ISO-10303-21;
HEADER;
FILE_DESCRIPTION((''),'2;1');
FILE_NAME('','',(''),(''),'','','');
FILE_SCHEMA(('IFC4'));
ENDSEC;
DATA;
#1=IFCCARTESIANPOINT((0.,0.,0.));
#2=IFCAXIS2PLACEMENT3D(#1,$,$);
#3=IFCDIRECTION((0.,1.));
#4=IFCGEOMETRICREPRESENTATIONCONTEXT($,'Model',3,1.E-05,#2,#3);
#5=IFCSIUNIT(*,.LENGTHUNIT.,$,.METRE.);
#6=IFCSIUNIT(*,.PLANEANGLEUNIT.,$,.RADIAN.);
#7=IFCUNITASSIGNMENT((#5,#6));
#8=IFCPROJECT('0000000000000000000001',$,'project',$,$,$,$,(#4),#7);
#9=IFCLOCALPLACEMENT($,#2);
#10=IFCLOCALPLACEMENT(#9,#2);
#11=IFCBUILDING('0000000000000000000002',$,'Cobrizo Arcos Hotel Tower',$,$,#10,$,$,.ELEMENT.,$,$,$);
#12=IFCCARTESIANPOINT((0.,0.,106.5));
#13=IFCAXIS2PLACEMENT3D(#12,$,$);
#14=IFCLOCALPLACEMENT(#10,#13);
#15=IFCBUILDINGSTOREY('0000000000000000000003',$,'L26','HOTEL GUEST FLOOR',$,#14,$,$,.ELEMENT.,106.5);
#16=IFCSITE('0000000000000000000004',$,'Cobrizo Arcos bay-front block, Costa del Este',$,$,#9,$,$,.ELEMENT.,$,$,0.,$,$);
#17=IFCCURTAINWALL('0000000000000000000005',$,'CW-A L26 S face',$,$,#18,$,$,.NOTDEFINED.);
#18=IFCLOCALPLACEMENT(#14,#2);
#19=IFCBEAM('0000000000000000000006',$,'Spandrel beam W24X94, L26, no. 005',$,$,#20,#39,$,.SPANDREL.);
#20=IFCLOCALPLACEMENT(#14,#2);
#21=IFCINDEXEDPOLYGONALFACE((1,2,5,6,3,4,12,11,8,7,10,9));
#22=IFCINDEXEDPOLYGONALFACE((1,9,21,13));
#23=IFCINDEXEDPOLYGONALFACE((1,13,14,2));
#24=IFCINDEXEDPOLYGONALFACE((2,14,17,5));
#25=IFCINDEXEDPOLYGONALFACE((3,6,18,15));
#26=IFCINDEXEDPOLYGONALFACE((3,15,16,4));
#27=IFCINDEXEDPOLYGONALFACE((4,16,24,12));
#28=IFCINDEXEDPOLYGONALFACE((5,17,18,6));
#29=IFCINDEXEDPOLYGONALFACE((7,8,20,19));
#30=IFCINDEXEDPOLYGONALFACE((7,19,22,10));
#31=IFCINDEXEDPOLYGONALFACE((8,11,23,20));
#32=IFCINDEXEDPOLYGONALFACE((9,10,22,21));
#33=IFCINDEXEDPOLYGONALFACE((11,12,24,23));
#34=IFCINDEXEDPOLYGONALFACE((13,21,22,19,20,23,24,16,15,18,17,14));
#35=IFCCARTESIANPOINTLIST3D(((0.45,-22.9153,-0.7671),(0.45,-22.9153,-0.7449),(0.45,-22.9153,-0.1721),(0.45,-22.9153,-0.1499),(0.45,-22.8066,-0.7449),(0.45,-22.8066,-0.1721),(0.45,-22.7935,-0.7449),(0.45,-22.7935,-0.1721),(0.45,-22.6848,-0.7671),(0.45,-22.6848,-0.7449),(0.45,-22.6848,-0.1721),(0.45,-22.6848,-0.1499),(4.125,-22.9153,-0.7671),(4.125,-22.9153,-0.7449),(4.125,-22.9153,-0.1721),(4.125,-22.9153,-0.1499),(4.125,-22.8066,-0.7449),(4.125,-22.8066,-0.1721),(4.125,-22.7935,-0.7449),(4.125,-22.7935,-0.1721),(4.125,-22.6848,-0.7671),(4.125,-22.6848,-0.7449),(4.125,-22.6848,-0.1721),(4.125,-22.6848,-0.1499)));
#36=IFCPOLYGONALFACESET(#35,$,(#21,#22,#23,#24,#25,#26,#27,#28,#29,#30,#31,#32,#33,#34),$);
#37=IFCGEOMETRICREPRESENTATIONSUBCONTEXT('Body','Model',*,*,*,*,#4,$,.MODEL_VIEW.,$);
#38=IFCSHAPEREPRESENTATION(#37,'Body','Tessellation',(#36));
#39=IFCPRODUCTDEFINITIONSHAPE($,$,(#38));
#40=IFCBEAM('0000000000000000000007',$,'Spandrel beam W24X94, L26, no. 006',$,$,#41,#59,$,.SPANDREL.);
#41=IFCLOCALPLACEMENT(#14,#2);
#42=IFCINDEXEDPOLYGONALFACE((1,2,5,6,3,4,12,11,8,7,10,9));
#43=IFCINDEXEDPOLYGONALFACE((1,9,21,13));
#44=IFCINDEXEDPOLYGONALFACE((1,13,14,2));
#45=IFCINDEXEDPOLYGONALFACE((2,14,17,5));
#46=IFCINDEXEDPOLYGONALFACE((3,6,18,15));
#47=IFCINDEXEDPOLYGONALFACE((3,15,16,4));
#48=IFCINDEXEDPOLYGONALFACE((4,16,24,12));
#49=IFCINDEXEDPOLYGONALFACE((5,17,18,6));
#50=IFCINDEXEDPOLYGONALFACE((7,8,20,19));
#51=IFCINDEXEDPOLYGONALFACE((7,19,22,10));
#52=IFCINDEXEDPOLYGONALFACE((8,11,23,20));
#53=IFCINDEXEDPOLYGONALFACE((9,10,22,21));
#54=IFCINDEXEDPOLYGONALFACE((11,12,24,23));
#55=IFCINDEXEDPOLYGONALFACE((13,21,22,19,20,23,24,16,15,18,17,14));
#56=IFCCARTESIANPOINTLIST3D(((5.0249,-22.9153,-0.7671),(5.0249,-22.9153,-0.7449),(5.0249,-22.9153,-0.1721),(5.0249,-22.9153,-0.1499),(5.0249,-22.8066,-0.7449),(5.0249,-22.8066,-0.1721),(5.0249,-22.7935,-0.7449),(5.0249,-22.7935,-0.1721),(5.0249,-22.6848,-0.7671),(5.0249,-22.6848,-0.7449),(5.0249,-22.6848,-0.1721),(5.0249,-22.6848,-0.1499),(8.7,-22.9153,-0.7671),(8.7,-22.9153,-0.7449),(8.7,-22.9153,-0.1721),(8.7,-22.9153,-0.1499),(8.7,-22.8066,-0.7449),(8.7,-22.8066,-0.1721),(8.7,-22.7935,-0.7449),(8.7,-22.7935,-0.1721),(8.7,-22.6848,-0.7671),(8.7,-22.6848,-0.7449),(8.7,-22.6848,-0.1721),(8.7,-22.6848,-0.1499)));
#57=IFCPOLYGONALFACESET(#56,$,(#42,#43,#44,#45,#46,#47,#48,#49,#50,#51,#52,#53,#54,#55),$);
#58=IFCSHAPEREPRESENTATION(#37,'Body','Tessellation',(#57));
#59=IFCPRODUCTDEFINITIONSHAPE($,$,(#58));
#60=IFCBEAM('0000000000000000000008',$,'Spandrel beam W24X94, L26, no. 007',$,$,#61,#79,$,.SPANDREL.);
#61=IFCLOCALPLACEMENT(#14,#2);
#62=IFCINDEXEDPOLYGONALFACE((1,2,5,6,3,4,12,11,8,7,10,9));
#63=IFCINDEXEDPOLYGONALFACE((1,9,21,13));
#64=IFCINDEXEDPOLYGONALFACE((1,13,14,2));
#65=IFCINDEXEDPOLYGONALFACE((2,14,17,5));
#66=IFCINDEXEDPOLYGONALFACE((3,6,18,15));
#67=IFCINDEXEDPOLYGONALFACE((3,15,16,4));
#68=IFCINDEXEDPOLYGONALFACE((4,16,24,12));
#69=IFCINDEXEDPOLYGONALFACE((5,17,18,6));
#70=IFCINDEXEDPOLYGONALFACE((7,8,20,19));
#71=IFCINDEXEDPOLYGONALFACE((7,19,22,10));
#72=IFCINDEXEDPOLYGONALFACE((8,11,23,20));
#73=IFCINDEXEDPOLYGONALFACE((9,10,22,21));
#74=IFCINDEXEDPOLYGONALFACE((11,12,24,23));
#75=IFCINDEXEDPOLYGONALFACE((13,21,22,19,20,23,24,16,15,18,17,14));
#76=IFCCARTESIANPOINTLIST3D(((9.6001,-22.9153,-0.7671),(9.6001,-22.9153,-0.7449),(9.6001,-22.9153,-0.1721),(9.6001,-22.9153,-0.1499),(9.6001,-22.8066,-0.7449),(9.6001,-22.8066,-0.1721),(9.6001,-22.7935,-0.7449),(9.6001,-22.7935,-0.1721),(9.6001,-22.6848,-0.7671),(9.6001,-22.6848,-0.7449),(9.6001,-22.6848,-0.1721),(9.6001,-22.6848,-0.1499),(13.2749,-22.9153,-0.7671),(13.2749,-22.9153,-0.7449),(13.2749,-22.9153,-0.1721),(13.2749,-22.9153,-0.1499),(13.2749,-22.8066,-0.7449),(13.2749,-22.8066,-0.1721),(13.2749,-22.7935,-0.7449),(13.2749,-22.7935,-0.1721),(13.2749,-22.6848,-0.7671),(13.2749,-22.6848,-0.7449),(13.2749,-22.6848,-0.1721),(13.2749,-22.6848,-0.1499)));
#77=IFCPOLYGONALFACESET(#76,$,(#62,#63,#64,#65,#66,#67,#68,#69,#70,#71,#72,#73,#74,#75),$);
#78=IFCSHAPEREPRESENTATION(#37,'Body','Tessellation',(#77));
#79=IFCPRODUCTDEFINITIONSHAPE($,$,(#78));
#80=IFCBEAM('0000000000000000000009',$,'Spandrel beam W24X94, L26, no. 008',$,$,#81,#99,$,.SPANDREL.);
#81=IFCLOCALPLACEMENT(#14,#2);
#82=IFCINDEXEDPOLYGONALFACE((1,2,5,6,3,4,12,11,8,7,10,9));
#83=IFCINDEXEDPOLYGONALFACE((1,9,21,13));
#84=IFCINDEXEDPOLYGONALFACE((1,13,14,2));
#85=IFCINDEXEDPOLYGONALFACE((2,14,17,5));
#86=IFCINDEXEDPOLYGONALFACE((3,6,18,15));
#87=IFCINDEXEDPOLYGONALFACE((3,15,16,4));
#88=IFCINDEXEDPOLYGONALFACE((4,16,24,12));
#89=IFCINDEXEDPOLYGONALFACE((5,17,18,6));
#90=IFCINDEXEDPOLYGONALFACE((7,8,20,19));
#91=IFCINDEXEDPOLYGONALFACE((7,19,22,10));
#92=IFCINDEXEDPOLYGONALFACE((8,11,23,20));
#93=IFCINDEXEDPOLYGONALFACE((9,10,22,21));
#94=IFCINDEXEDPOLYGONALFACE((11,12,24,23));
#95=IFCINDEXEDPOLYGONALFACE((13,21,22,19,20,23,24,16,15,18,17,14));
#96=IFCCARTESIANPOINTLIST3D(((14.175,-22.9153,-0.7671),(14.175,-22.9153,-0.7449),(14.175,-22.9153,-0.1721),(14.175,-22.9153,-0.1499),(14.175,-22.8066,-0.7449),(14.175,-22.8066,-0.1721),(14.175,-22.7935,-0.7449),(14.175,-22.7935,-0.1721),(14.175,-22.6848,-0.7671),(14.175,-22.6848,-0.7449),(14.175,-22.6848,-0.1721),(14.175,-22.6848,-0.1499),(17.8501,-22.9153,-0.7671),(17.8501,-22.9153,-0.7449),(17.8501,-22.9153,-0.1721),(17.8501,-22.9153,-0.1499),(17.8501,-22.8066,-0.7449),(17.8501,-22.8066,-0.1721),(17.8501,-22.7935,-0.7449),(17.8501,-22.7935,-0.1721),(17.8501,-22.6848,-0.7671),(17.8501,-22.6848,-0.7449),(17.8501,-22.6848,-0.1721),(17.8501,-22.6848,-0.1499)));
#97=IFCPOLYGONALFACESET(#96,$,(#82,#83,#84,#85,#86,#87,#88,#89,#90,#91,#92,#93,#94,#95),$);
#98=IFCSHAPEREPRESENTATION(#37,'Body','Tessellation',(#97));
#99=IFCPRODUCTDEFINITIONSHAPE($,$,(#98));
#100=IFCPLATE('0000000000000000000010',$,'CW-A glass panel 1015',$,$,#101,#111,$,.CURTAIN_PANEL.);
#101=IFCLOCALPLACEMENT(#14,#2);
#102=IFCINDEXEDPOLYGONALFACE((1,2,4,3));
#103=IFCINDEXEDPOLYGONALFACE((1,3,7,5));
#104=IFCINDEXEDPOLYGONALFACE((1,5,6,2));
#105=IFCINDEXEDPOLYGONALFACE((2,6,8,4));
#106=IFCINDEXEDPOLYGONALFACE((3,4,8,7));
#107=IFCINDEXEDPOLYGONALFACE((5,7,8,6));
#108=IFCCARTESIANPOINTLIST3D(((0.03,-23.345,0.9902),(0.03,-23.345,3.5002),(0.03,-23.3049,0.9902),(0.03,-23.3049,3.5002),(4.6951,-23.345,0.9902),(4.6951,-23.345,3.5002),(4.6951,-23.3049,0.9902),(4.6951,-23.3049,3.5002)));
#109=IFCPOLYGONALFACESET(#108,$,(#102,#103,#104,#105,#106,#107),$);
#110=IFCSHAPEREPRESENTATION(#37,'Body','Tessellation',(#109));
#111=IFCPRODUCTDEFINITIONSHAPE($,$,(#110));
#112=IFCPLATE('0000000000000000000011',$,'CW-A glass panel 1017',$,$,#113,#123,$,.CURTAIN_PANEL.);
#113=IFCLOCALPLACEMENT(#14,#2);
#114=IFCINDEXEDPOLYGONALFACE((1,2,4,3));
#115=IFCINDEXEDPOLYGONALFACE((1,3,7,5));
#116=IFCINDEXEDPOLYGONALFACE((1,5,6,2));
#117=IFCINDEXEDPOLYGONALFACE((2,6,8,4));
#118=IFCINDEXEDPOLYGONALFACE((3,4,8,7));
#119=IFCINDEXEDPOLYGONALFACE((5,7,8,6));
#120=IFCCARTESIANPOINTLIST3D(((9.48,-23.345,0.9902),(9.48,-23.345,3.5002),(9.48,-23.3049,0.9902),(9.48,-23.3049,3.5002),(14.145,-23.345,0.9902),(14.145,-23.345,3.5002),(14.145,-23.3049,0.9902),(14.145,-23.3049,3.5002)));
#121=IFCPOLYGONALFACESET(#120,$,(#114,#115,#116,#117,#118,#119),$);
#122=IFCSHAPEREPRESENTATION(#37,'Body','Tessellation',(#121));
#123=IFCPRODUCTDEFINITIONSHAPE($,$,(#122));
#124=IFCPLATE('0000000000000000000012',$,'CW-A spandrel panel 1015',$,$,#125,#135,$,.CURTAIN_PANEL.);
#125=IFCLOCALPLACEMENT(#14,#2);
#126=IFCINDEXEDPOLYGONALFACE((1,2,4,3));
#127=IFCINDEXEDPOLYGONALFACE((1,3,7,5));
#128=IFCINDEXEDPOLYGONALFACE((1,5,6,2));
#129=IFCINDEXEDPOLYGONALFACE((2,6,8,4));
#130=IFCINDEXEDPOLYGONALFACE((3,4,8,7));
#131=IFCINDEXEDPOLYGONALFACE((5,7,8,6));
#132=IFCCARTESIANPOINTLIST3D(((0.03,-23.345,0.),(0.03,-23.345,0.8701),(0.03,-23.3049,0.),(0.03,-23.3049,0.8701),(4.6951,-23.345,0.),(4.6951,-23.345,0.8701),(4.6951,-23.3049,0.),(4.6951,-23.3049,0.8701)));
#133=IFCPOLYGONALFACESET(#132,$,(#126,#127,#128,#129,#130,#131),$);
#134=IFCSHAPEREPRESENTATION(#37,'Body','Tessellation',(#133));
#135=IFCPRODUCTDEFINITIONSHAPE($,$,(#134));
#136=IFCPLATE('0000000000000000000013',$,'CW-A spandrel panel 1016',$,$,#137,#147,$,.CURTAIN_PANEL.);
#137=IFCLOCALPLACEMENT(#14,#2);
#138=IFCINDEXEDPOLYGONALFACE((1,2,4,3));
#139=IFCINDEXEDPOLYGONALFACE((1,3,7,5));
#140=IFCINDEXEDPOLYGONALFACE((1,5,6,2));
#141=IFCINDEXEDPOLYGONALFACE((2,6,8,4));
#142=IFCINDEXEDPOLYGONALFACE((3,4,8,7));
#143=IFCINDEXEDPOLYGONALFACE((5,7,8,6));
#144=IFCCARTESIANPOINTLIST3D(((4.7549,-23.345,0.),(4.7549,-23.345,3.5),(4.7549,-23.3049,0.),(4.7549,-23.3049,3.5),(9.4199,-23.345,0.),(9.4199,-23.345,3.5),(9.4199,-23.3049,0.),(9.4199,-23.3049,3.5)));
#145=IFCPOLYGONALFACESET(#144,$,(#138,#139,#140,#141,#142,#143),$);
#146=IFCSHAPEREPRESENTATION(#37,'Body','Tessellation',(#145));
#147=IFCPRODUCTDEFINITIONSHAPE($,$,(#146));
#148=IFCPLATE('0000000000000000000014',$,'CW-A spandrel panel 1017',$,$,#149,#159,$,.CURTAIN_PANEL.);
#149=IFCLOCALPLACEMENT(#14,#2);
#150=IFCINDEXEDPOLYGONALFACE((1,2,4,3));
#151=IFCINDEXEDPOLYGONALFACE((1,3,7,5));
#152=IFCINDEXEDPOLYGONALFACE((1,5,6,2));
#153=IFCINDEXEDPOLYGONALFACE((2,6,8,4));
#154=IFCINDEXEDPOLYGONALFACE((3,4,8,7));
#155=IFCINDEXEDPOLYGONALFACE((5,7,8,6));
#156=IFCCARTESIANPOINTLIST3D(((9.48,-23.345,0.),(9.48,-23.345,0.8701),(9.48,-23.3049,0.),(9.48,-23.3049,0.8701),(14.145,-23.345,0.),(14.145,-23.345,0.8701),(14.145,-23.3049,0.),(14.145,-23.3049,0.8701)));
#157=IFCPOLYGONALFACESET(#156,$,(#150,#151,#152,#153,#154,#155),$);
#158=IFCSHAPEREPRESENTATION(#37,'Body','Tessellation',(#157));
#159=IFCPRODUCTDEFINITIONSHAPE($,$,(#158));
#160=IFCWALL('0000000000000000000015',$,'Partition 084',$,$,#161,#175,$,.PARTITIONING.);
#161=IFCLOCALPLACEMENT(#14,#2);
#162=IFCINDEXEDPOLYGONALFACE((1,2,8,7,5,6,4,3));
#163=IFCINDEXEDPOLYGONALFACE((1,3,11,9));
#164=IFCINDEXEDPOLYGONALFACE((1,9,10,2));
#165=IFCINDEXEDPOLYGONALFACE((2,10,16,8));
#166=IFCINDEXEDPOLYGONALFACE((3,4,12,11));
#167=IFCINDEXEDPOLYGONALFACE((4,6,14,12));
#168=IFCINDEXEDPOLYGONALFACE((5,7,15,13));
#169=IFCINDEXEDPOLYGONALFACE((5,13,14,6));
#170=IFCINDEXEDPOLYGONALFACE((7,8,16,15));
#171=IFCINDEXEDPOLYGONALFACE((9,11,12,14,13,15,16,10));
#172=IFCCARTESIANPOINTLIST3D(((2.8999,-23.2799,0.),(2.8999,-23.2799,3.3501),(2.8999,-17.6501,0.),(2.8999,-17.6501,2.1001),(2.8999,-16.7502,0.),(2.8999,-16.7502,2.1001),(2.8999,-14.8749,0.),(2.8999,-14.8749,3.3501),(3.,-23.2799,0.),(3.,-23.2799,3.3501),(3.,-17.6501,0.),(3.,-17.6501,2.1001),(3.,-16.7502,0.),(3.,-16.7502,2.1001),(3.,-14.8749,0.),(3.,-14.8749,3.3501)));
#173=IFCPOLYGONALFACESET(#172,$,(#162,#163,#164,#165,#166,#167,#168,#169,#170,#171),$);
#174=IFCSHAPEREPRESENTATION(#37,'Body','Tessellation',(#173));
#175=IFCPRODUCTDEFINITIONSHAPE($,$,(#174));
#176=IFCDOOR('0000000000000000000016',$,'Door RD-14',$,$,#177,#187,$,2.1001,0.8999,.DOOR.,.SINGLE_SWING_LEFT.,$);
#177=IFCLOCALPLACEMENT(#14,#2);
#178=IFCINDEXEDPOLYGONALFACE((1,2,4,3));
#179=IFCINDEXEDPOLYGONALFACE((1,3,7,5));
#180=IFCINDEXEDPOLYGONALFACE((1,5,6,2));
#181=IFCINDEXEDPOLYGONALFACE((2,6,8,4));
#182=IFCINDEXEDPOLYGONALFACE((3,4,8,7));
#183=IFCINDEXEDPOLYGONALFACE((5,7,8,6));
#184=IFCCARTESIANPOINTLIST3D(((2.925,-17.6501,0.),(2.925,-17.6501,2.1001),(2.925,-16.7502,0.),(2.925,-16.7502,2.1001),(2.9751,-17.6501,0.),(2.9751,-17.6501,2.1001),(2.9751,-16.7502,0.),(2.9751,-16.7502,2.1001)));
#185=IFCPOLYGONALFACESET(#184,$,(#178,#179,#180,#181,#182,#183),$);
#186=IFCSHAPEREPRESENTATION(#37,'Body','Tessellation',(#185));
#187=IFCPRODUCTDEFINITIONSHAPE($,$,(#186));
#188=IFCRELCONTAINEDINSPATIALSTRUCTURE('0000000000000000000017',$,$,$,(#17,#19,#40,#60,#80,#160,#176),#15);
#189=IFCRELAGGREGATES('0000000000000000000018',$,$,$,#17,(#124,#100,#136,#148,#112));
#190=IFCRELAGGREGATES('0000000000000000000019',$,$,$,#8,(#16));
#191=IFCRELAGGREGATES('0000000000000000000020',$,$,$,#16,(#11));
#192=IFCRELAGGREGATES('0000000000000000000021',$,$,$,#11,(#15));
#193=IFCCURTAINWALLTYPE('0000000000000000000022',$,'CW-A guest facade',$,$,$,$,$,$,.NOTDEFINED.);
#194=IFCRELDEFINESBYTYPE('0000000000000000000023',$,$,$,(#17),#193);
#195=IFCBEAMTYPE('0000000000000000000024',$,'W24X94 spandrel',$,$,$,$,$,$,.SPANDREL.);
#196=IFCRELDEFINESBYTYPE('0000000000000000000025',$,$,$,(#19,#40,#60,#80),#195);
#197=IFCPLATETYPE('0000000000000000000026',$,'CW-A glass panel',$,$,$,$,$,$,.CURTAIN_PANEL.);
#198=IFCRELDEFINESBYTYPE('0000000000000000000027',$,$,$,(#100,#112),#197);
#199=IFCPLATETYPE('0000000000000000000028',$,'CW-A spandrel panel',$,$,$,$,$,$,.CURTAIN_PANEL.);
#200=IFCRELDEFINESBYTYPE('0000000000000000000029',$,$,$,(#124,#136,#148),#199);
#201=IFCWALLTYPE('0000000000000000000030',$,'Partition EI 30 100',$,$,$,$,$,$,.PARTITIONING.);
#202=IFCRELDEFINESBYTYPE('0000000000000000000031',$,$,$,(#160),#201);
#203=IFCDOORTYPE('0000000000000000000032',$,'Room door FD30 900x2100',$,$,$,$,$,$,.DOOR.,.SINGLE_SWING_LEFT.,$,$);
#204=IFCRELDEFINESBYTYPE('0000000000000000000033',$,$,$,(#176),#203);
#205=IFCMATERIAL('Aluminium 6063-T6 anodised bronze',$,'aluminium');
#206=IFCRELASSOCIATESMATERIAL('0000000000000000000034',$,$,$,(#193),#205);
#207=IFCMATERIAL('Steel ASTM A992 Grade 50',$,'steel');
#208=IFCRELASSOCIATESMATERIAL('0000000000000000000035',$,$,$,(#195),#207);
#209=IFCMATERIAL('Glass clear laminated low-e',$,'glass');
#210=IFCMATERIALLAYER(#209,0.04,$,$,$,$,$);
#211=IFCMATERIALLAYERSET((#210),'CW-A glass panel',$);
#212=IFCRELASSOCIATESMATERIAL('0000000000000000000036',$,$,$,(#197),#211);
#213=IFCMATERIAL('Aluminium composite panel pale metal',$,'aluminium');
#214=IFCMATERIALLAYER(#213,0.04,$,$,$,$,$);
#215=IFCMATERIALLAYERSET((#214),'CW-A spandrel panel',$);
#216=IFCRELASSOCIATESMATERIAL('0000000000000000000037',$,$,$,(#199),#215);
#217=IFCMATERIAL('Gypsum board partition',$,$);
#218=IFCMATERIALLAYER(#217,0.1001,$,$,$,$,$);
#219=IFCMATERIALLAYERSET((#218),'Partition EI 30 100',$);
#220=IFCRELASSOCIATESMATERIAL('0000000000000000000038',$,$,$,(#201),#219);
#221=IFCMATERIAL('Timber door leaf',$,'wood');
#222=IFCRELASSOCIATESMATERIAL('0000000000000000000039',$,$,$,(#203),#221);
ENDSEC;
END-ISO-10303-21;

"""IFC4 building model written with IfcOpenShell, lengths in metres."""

from ifc_helpers import new_model, si_unit, direction, frame, frame_2d, origin, origin_2d, place, context, subcontext, project, spatial, rectangle, i_section, extrude, material, layer, layer_set, material_profile, profile_set, type_object, element, fill, aggregate, save


model = new_model("IFC4")

# Units and contexts
model_context = context("Model", 3, precision=1e-05, world=origin(), true_north=direction((0.0, 1.0)))
body_context = subcontext(model_context, "Body", "Model", "MODEL_VIEW")
ifc_project = project(units=[si_unit("LENGTHUNIT", "METRE"), si_unit("PLANEANGLEUNIT", "RADIAN")], contexts=[model_context])

# Site, building, storey
site_placement = place(None, origin())
site = spatial("IfcSite", under=ifc_project, at=site_placement, Name="Cobrizo Arcos bay-front block, Costa del Este", CompositionType="ELEMENT", RefElevation=0.0)
building_placement = place(site_placement, origin())
building = spatial("IfcBuilding", under=site, at=building_placement, Name="Cobrizo Arcos Hotel Tower", CompositionType="ELEMENT")
storey_placement = place(building_placement, frame((0.0, 0.0, 106.5)))
storey = spatial("IfcBuildingStorey", under=building, at=storey_placement, Name="L26", Description="HOTEL GUEST FLOOR", CompositionType="ELEMENT", Elevation=106.5)

# Curtain wall
ifc_material_1 = material(Name="Aluminium 6063-T6 anodised bronze", Category="aluminium")
curtain_wall_type = type_object("IfcCurtainWallType", Name="CW-A guest facade", PredefinedType="NOTDEFINED", material=ifc_material_1)
curtain_wall_placement = place(storey_placement, origin())
curtain_wall = element("IfcCurtainWall", 1, at=curtain_wall_placement, inside=storey, type_object=curtain_wall_type, Name="CW-A L26 S face", PredefinedType="NOTDEFINED")

# Beams
ifc_material_2 = material(Name="Steel ASTM A992 Grade 50", Category="steel")
ifc_material_profile_1 = material_profile(ifc_material_2, i_section(OverallWidth=0.2305, OverallDepth=0.6172, WebThickness=0.0132, FlangeThickness=0.0222, at=origin_2d()), Name="W24X94")
ifc_profile_set_1 = profile_set([ifc_material_profile_1], Name="Steel ASTM A992 Grade 50")
beam_type_1 = type_object("IfcBeamType", Name="W24X94 spandrel", PredefinedType="SPANDREL", material=ifc_profile_set_1)
for number, where, z_axis, x_axis, name in (
    (2, (0.45, -22.8, -0.4585), (1.0, 0.0, 0.0), (0.0, 1.0, 0.0), "Spandrel beam W24X94, L26, no. 005"),
    (3, (5.0249, -22.8, -0.4585), (1.0, 0.0, 0.0), (0.0, 1.0, 0.0), "Spandrel beam W24X94, L26, no. 006"),
):
    element("IfcBeam", number, at=place(storey_placement, frame(where, z_axis=z_axis, x_axis=x_axis)), inside=storey, type_object=beam_type_1, Name=name, PredefinedType="SPANDREL", context=body_context, shape_type="SweptSolid", body=[
        extrude(i_section(OverallWidth=0.2305, OverallDepth=0.6172, WebThickness=0.0132, FlangeThickness=0.0222, at=origin_2d()), origin(), (0.0, 0.0, 1.0), 3.675),
    ])
beam_1_placement = place(storey_placement, frame((9.6001, -22.8, -0.4585), z_axis=(1.0, 0.0, 0.0), x_axis=(0.0, 1.0, 0.0)))
element("IfcBeam", 4, at=beam_1_placement, inside=storey, type_object=beam_type_1, Name="Spandrel beam W24X94, L26, no. 007", PredefinedType="SPANDREL", context=body_context, shape_type="SweptSolid", body=[
    extrude(i_section(OverallWidth=0.2305, OverallDepth=0.6172, WebThickness=0.0132, FlangeThickness=0.0222, at=origin_2d()), origin(), (0.0, 0.0, 1.0), 3.6748),
])
beam_2_placement = place(storey_placement, frame((14.175, -22.8, -0.4585), z_axis=(1.0, 0.0, 0.0), x_axis=(0.0, 1.0, 0.0)))
element("IfcBeam", 5, at=beam_2_placement, inside=storey, type_object=beam_type_1, Name="Spandrel beam W24X94, L26, no. 008", PredefinedType="SPANDREL", context=body_context, shape_type="SweptSolid", body=[
    extrude(i_section(OverallWidth=0.2305, OverallDepth=0.6172, WebThickness=0.0132, FlangeThickness=0.0222, at=origin_2d()), origin(), (0.0, 0.0, 1.0), 3.675),
])

# Plates
ifc_material_3 = material(Name="Glass clear laminated low-e", Category="glass")
ifc_layer_1 = layer(ifc_material_3, 0.04)
ifc_layer_set_1 = layer_set([ifc_layer_1], Name="CW-A glass panel")
plate_type_1 = type_object("IfcPlateType", Name="CW-A glass panel", PredefinedType="CURTAIN_PANEL", material=ifc_layer_set_1)
plate_1_placement = place(storey_placement, frame((2.3625, -23.325, 0.9902), z_axis=(0.0, 0.0, 1.0), x_axis=(1.0, 0.0, 0.0)))
plate_1 = element("IfcPlate", 6, at=plate_1_placement, type_object=plate_type_1, Name="CW-A glass panel 1015", PredefinedType="CURTAIN_PANEL", context=body_context, shape_type="SweptSolid", body=[
    extrude(rectangle(XDim=4.665, YDim=0.04, at=origin_2d()), origin(), (0.0, 0.0, 1.0), 2.51),
])
plate_2_placement = place(storey_placement, frame((11.8125, -23.325, 0.9902), z_axis=(0.0, 0.0, 1.0), x_axis=(1.0, 0.0, 0.0)))
plate_2 = element("IfcPlate", 7, at=plate_2_placement, type_object=plate_type_1, Name="CW-A glass panel 1017", PredefinedType="CURTAIN_PANEL", context=body_context, shape_type="SweptSolid", body=[
    extrude(rectangle(XDim=4.665, YDim=0.04, at=origin_2d()), origin(), (0.0, 0.0, 1.0), 2.51),
])
ifc_material_4 = material(Name="Aluminium composite panel pale metal", Category="aluminium")
ifc_layer_2 = layer(ifc_material_4, 0.04)
ifc_layer_set_2 = layer_set([ifc_layer_2], Name="CW-A spandrel panel")
plate_type_2 = type_object("IfcPlateType", Name="CW-A spandrel panel", PredefinedType="CURTAIN_PANEL", material=ifc_layer_set_2)
plate_3_placement = place(storey_placement, frame((2.3625, -23.325, 0.0), z_axis=(0.0, 0.0, 1.0), x_axis=(1.0, 0.0, 0.0)))
plate_3 = element("IfcPlate", 8, at=plate_3_placement, type_object=plate_type_2, Name="CW-A spandrel panel 1015", PredefinedType="CURTAIN_PANEL", context=body_context, shape_type="SweptSolid", body=[
    extrude(rectangle(XDim=4.665, YDim=0.04, at=origin_2d()), origin(), (0.0, 0.0, 1.0), 0.8701),
])
plate_4_placement = place(storey_placement, frame((7.0874, -23.325, 0.0), z_axis=(0.0, 0.0, 1.0), x_axis=(1.0, 0.0, 0.0)))
plate_4 = element("IfcPlate", 9, at=plate_4_placement, type_object=plate_type_2, Name="CW-A spandrel panel 1016", PredefinedType="CURTAIN_PANEL", context=body_context, shape_type="SweptSolid", body=[
    extrude(rectangle(XDim=4.665, YDim=0.04, at=origin_2d()), origin(), (0.0, 0.0, 1.0), 3.5),
])
plate_5_placement = place(storey_placement, frame((11.8125, -23.325, 0.0), z_axis=(0.0, 0.0, 1.0), x_axis=(1.0, 0.0, 0.0)))
plate_5 = element("IfcPlate", 10, at=plate_5_placement, type_object=plate_type_2, Name="CW-A spandrel panel 1017", PredefinedType="CURTAIN_PANEL", context=body_context, shape_type="SweptSolid", body=[
    extrude(rectangle(XDim=4.665, YDim=0.04, at=origin_2d()), origin(), (0.0, 0.0, 1.0), 0.8701),
])
aggregate(curtain_wall, [plate_3, plate_1, plate_4, plate_5, plate_2])

# Wall, opening, door
ifc_material_5 = material(Name="Gypsum board partition")
ifc_layer_3 = layer(ifc_material_5, 0.1001)
ifc_layer_set_3 = layer_set([ifc_layer_3], Name="Partition EI 30 100")
wall_type = type_object("IfcWallType", Name="Partition EI 30 100", PredefinedType="PARTITIONING", material=ifc_layer_set_3)
wall_1_placement = place(storey_placement, frame((2.95, -23.28, 0.0), z_axis=(0.0, 0.0, 1.0), x_axis=(0.0, 1.0, 0.0)))
wall_1 = element("IfcWall", 11, at=wall_1_placement, inside=storey, type_object=wall_type, Name="Partition 084", PredefinedType="PARTITIONING", context=body_context, shape_type="SweptSolid", body=[
    extrude(rectangle(XDim=8.405, YDim=0.1001, at=frame_2d((4.2026, 0.0))), origin(), (0.0, 0.0, 1.0), 3.3501),
])
opening_placement = place(wall_1_placement, frame((5.6299, 0.0, 0.0)))
opening = element("IfcOpeningElement", 12, at=opening_placement, cuts=wall_1, PredefinedType="OPENING", context=body_context, shape_type="SweptSolid", body=[
    extrude(rectangle(XDim=0.8999, YDim=2.1001, at=frame_2d((0.45, 1.05))), frame((0.0, 0.062, 0.0), z_axis=(0.0, -1.0, 0.0), x_axis=(1.0, 0.0, 0.0)), (0.0, 0.0, 1.0), 0.124),
])
ifc_material_6 = material(Name="Timber door leaf", Category="wood")
door_type = type_object("IfcDoorType", Name="Room door FD30 900x2100", OperationType="SINGLE_SWING_LEFT", PredefinedType="DOOR", material=ifc_material_6)
door_placement = place(opening_placement, origin())
door = element("IfcDoor", 13, at=door_placement, inside=storey, type_object=door_type, Name="Door RD-14", OperationType="SINGLE_SWING_LEFT", OverallHeight=2.1001, OverallWidth=0.8999, PredefinedType="DOOR", context=body_context, shape_type="SweptSolid", body=[
    extrude(rectangle(XDim=0.8999, YDim=2.1001, at=frame_2d((0.45, 1.05))), frame((0.0, 0.0249, 0.0), z_axis=(0.0, -1.0, 0.0), x_axis=(1.0, 0.0, 0.0)), (0.0, 0.0, 1.0), 0.05),
])
fill(opening, door)

save(model, "model.ifc")
